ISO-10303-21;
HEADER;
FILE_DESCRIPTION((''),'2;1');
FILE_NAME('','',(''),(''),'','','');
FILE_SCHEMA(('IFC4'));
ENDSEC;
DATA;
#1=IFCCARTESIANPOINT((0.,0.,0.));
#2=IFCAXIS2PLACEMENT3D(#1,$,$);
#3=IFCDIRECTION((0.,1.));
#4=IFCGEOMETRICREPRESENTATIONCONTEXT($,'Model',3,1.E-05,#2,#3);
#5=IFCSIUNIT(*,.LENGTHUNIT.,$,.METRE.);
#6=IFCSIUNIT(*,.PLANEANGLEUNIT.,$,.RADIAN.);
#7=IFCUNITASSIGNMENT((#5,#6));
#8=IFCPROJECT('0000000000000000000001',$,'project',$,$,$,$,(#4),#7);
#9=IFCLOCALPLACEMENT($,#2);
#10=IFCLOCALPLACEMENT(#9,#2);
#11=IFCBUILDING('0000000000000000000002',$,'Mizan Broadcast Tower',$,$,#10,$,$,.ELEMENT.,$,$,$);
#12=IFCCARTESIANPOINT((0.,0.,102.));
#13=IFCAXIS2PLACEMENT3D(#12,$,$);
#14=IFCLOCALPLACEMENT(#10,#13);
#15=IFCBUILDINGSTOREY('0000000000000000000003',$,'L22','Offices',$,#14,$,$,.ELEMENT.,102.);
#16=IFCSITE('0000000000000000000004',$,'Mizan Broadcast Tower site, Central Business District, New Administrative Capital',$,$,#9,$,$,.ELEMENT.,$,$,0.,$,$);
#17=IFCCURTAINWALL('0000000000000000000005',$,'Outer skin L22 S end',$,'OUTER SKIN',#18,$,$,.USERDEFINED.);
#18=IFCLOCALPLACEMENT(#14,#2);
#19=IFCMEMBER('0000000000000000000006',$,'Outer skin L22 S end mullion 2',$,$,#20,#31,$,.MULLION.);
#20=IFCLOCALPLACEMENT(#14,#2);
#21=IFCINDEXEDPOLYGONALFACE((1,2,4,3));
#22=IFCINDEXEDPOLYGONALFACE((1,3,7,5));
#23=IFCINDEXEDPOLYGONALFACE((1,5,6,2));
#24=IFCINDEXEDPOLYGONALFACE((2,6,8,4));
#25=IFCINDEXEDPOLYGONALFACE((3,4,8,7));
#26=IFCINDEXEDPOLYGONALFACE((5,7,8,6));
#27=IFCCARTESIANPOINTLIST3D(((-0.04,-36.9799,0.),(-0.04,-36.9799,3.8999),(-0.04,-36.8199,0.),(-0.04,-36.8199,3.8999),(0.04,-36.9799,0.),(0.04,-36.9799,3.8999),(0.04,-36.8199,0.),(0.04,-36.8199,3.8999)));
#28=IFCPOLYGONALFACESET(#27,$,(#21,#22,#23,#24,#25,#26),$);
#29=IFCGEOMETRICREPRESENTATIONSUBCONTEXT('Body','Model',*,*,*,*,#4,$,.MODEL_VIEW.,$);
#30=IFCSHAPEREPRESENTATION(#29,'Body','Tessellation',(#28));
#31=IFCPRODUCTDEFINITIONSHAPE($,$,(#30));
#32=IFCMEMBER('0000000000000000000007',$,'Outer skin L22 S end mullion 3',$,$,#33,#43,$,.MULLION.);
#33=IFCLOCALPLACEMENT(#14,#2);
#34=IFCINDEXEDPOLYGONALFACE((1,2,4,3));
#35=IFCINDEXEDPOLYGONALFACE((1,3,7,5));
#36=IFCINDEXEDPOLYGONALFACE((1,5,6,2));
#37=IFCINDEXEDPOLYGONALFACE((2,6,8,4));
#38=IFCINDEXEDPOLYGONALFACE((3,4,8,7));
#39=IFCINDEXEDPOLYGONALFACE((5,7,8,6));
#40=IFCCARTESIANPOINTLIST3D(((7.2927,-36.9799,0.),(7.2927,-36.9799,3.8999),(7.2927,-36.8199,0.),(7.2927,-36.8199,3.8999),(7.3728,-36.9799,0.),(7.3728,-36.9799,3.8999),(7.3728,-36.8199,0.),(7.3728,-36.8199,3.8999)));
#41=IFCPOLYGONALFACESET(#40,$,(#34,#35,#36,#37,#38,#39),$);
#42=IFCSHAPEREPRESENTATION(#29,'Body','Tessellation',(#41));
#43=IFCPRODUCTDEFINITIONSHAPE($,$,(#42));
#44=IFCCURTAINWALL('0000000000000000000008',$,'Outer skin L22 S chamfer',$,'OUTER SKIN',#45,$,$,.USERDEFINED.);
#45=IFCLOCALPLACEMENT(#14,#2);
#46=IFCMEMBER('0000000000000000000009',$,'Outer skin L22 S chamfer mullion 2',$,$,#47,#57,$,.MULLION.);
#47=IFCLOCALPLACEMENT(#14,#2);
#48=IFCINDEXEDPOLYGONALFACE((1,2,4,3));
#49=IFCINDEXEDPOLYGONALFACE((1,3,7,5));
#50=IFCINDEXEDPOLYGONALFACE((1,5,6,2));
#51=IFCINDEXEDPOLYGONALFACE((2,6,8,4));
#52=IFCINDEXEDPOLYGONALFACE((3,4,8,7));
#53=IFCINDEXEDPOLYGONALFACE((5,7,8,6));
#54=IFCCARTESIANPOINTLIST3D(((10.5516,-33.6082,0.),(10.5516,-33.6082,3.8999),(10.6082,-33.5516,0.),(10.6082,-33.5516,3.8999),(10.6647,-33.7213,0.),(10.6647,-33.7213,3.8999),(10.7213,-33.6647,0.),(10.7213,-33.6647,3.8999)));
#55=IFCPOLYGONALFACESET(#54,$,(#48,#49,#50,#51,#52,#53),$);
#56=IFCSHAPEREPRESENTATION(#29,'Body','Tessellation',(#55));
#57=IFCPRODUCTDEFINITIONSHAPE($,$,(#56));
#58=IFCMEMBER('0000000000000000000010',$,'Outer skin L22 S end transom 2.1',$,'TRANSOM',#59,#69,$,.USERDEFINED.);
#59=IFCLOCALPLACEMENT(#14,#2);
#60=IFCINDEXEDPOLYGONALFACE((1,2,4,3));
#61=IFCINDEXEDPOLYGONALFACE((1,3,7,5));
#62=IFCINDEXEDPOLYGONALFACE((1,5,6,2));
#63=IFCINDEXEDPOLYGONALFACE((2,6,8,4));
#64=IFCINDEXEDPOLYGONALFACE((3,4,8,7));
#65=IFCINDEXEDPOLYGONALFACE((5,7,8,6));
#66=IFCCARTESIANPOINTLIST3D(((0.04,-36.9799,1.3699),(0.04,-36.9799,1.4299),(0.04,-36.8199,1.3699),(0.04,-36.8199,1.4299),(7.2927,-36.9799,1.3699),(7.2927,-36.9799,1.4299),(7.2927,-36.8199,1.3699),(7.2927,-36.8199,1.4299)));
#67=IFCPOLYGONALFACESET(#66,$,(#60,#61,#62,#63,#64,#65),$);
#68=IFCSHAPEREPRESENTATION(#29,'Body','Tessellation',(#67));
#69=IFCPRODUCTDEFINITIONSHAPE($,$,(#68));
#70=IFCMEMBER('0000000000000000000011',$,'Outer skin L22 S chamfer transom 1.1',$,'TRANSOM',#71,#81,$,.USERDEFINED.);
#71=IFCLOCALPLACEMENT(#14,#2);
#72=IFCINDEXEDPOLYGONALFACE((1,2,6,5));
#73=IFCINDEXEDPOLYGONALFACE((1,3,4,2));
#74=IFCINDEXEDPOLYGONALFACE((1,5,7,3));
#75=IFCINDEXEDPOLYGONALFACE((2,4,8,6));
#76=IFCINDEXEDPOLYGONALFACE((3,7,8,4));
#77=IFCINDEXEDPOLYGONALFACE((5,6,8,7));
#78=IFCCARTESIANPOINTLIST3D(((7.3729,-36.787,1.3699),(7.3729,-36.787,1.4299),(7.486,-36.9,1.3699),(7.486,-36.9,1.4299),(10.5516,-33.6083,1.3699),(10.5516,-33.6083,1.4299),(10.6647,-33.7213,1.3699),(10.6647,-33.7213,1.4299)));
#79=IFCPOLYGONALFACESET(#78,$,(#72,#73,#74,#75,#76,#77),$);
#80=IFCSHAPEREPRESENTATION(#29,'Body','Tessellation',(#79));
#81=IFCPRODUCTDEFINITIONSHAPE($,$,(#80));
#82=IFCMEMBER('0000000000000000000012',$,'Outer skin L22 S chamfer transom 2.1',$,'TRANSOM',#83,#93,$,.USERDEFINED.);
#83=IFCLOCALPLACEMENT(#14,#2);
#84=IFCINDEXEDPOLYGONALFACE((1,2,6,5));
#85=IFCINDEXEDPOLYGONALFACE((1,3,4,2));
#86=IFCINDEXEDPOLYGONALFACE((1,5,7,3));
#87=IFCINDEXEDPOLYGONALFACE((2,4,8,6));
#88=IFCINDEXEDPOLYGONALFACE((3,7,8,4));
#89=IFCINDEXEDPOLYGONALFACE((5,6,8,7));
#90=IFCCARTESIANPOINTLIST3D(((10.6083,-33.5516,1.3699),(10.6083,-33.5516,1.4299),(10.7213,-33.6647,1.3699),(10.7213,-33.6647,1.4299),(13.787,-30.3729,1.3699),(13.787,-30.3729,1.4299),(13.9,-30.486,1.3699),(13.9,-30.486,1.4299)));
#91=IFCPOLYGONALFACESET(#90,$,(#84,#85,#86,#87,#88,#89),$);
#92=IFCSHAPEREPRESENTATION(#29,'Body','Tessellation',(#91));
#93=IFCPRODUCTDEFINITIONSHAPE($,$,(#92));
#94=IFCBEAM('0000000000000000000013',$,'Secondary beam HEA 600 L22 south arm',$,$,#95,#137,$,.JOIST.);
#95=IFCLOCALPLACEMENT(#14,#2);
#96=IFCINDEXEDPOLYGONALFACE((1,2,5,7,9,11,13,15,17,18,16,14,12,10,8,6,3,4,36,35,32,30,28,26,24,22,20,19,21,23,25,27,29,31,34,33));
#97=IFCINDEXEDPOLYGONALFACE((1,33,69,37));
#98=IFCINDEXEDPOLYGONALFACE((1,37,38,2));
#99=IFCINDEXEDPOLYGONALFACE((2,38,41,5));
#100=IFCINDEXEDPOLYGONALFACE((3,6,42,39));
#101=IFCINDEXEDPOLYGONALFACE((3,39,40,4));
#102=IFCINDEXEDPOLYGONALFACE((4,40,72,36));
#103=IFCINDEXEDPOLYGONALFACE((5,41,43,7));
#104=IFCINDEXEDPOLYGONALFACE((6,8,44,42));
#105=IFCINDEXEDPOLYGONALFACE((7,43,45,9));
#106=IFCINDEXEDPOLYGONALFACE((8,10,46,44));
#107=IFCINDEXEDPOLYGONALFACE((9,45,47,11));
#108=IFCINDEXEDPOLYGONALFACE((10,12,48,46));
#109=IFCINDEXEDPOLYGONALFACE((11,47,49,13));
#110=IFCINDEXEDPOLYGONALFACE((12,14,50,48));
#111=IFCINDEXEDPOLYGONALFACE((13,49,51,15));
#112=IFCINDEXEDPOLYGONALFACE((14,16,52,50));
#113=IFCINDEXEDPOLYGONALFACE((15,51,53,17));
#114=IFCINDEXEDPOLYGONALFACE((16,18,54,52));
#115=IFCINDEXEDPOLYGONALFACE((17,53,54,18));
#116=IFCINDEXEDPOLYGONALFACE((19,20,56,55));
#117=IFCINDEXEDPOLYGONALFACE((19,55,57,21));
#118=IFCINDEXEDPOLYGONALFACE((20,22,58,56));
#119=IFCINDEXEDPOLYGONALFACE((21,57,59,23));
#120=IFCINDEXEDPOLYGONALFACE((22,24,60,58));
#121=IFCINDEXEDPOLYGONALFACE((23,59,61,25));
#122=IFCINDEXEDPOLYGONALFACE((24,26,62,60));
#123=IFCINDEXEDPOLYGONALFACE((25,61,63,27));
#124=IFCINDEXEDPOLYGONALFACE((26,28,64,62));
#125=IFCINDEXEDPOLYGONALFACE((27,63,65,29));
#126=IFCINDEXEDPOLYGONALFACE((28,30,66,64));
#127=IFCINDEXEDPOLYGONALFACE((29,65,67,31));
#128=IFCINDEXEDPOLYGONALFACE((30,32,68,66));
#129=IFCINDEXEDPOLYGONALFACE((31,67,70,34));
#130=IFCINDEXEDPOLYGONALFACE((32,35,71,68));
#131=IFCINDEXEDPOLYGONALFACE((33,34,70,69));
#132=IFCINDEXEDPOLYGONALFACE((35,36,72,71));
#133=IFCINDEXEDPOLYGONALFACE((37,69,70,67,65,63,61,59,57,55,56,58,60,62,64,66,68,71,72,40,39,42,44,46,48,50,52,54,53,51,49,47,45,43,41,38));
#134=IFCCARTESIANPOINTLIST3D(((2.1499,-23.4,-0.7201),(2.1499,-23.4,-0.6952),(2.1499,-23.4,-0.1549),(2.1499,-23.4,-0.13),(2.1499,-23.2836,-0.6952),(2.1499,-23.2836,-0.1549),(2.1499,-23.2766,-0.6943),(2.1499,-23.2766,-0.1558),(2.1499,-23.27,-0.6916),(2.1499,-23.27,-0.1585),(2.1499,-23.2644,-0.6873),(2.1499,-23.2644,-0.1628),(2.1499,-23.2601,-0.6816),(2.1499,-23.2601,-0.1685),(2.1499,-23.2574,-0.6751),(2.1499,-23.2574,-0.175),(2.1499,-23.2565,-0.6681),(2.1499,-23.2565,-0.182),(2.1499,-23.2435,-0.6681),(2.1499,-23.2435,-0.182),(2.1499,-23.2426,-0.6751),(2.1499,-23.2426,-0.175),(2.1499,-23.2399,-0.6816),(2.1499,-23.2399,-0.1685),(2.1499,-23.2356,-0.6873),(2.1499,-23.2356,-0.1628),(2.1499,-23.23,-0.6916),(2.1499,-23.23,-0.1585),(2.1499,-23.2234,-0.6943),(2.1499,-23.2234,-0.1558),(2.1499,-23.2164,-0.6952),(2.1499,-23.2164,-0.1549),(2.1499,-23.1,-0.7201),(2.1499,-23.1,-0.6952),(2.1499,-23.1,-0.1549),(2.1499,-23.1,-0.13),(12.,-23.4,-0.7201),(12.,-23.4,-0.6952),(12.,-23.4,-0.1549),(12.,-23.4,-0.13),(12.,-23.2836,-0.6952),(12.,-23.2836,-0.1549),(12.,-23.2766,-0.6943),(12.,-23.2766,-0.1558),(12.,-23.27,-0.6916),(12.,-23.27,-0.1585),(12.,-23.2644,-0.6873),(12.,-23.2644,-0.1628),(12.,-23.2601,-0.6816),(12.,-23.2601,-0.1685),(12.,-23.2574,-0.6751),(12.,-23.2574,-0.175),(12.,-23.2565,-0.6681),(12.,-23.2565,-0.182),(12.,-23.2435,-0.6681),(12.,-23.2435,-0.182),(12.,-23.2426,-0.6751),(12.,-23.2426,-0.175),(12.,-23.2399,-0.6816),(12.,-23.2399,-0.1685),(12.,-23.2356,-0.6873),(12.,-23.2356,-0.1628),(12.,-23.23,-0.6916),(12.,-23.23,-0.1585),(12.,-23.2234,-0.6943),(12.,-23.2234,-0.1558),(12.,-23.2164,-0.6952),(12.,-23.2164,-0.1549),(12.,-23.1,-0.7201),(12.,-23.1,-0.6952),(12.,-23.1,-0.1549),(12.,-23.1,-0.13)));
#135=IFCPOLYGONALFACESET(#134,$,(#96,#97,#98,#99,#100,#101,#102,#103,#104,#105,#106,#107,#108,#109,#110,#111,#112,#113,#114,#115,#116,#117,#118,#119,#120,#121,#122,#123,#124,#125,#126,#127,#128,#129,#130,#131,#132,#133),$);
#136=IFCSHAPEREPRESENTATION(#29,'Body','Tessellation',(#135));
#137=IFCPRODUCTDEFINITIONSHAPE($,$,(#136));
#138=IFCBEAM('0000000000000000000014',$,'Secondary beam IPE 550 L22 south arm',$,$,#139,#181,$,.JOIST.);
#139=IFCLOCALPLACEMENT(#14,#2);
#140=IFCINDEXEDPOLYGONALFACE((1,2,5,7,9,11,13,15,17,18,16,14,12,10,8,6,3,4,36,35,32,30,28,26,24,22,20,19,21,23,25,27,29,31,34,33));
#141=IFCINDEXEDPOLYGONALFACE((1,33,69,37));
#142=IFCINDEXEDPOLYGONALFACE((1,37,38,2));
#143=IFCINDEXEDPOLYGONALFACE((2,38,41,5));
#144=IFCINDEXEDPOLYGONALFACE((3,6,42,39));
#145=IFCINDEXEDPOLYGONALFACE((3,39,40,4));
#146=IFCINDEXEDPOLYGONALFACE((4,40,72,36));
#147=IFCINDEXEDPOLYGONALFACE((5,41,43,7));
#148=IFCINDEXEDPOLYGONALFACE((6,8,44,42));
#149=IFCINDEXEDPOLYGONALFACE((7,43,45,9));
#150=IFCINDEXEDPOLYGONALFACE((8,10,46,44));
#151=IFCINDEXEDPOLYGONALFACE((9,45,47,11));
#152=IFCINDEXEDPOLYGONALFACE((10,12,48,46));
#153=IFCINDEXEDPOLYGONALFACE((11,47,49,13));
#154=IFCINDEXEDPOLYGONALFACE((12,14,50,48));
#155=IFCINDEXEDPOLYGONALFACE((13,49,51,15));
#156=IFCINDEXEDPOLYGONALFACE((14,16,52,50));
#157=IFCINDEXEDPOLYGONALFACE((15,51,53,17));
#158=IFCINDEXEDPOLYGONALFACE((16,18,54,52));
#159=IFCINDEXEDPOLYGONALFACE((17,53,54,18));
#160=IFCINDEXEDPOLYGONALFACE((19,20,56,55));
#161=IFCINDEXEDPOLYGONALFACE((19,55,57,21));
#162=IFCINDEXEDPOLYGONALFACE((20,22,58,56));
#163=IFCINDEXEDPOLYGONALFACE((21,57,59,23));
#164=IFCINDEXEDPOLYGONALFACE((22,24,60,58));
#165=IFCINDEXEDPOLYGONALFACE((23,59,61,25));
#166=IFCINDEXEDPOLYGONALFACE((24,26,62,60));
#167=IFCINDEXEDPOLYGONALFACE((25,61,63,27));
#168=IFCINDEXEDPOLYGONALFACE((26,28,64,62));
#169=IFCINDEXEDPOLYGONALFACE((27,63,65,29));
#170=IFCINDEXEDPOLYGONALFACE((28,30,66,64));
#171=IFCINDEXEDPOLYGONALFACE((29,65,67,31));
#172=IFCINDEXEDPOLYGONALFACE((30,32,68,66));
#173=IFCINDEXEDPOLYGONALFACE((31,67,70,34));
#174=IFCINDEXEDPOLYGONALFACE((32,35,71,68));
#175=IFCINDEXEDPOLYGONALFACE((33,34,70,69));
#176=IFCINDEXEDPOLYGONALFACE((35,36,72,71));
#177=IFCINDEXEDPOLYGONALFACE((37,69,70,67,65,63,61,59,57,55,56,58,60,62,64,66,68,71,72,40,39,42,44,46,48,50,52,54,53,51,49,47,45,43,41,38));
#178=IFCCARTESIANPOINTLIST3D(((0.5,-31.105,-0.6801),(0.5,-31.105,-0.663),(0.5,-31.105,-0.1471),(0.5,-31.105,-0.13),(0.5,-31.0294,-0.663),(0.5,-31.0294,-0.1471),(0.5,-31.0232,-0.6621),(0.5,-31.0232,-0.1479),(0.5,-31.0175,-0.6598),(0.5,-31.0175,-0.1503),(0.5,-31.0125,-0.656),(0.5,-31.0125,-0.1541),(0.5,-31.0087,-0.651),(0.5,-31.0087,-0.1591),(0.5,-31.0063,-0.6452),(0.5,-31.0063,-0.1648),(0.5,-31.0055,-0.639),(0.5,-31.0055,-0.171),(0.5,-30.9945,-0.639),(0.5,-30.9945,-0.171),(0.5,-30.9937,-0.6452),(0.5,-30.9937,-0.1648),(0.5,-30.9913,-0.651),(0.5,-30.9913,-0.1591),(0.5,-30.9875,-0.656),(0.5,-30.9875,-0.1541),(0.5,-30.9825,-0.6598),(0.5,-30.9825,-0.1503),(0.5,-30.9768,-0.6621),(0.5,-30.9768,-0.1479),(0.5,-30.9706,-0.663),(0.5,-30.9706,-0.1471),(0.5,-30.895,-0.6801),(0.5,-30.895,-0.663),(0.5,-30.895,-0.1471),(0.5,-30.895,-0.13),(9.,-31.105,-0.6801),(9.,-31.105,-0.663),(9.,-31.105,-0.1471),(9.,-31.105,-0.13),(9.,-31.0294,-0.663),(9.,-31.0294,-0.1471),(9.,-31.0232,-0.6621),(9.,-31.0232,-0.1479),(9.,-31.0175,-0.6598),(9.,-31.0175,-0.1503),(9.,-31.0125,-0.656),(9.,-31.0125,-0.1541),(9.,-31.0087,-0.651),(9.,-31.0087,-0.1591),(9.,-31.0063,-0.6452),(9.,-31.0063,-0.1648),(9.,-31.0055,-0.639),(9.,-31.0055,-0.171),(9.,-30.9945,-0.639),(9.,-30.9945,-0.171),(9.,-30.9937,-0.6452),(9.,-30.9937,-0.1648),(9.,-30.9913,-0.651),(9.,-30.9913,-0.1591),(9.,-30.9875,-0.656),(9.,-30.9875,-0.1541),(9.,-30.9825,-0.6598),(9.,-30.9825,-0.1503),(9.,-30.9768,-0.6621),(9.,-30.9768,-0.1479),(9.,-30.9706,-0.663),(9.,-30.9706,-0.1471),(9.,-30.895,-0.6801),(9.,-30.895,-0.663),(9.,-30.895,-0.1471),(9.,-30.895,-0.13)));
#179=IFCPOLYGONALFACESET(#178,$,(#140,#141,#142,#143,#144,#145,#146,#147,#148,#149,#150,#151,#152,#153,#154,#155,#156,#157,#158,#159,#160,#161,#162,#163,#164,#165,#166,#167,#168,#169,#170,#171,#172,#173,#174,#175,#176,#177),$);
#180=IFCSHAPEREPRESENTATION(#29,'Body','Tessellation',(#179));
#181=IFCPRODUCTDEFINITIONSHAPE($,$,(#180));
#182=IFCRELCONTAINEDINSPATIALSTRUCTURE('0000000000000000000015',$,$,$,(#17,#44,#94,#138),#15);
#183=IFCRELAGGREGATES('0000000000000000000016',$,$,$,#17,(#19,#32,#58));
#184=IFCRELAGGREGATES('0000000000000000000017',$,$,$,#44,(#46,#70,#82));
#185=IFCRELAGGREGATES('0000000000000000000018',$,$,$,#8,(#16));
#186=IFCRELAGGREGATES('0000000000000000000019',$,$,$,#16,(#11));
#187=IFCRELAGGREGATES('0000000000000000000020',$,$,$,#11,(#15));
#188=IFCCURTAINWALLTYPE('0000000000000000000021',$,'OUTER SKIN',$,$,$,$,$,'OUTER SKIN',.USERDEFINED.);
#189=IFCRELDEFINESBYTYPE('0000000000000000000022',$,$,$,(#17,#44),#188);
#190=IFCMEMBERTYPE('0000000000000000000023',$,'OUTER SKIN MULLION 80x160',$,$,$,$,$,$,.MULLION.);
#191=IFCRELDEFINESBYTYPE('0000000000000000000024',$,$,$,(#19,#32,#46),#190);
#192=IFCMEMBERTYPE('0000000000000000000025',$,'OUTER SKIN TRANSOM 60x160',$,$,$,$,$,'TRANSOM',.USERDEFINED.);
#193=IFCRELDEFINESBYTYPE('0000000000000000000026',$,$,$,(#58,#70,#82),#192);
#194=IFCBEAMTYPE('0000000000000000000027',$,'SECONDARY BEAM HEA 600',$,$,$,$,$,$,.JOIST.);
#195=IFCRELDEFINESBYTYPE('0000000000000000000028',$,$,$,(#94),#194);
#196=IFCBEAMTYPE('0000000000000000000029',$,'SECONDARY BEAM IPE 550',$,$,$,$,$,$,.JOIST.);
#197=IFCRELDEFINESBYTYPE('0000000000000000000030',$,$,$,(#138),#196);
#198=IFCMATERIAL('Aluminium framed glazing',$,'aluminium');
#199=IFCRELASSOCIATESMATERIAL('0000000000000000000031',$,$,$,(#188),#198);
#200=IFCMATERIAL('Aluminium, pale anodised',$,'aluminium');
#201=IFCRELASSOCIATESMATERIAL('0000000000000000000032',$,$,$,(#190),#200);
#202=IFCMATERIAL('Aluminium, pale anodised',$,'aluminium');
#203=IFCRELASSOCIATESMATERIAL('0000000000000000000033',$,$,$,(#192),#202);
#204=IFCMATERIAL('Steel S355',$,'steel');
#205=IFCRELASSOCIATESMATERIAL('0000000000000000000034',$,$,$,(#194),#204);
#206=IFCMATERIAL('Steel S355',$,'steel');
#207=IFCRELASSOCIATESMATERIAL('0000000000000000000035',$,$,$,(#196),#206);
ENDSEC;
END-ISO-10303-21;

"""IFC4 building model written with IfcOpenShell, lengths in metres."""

from ifc_helpers import new_model, si_unit, direction, frame, origin, origin_2d, place, context, subcontext, project, spatial, rectangle, i_section, extrude, material, material_profile, profile_set, type_object, element, aggregate, save


model = new_model("IFC4")

# Units and contexts
model_context = context("Model", 3, precision=1e-05, world=origin(), true_north=direction((0.0, 1.0)))
body_context = subcontext(model_context, "Body", "Model", "MODEL_VIEW")
ifc_project = project(units=[si_unit("LENGTHUNIT", "METRE"), si_unit("PLANEANGLEUNIT", "RADIAN")], contexts=[model_context])

# Site, building, storey
site_placement = place(None, origin())
site = spatial("IfcSite", under=ifc_project, at=site_placement, Name="Mizan Broadcast Tower site, Central Business District, New Administrative Capital", CompositionType="ELEMENT", RefElevation=0.0)
building_placement = place(site_placement, origin())
building = spatial("IfcBuilding", under=site, at=building_placement, Name="Mizan Broadcast Tower", CompositionType="ELEMENT")
storey_placement = place(building_placement, frame((0.0, 0.0, 102.0)))
storey = spatial("IfcBuildingStorey", under=building, at=storey_placement, Name="L22", Description="Offices", CompositionType="ELEMENT", Elevation=102.0)

# Curtain wall, members
ifc_material_1 = material(Name="Aluminium framed glazing", Category="aluminium")
curtain_wall_type_1 = type_object("IfcCurtainWallType", Name="OUTER SKIN", ElementType="OUTER SKIN", PredefinedType="USERDEFINED", material=ifc_material_1)
curtain_wall_1_placement = place(storey_placement, origin())
curtain_wall_1 = element("IfcCurtainWall", 1, at=curtain_wall_1_placement, inside=storey, type_object=curtain_wall_type_1, Name="Outer skin L22 S end", ObjectType="OUTER SKIN", PredefinedType="USERDEFINED")
ifc_material_2 = material(Name="Aluminium, pale anodised", Category="aluminium")
ifc_material_profile_1 = material_profile(ifc_material_2, rectangle(XDim=0.1599, YDim=0.0801, at=origin_2d()), Name="MULLION 160x80")
ifc_profile_set_1 = profile_set([ifc_material_profile_1], Name="Aluminium, pale anodised")
member_type_1 = type_object("IfcMemberType", Name="OUTER SKIN MULLION 80x160", PredefinedType="MULLION", material=ifc_profile_set_1)
member_1_placement = place(storey_placement, frame((0.0, -36.8999, 0.0), z_axis=(0.0, 0.0, 1.0), x_axis=(0.0, 1.0, 0.0)))
member_1 = element("IfcMember", 2, at=member_1_placement, type_object=member_type_1, Name="Outer skin L22 S end mullion 2", PredefinedType="MULLION", context=body_context, shape_type="SweptSolid", body=[
    extrude(rectangle(XDim=0.1599, YDim=0.0801, at=origin_2d()), origin(), (0.0, 0.0, 1.0), 3.8999),
])
member_2_placement = place(storey_placement, frame((7.3328, -36.8999, 0.0), z_axis=(0.0, 0.0, 1.0), x_axis=(0.0, 1.0, 0.0)))
member_2 = element("IfcMember", 3, at=member_2_placement, type_object=member_type_1, Name="Outer skin L22 S end mullion 3", PredefinedType="MULLION", context=body_context, shape_type="SweptSolid", body=[
    extrude(rectangle(XDim=0.1599, YDim=0.0801, at=origin_2d()), origin(), (0.0, 0.0, 1.0), 3.8999),
])

# Curtain wall, member
curtain_wall_2_placement = place(storey_placement, origin())
curtain_wall_2 = element("IfcCurtainWall", 4, at=curtain_wall_2_placement, inside=storey, type_object=curtain_wall_type_1, Name="Outer skin L22 S chamfer", ObjectType="OUTER SKIN", PredefinedType="USERDEFINED")
member_3_placement = place(storey_placement, frame((10.6365, -33.6365, 0.0), z_axis=(0.0, 0.0, 1.0), x_axis=(-0.707107, 0.707107, 0.0)))
member_3 = element("IfcMember", 5, at=member_3_placement, type_object=member_type_1, Name="Outer skin L22 S chamfer mullion 2", PredefinedType="MULLION", context=body_context, shape_type="SweptSolid", body=[
    extrude(rectangle(XDim=0.1599, YDim=0.0801, at=origin_2d()), origin(), (0.0, 0.0, 1.0), 3.8999),
])

# Members
ifc_material_3 = material(Name="Aluminium, pale anodised", Category="aluminium")
ifc_material_profile_2 = material_profile(ifc_material_3, rectangle(XDim=0.1599, YDim=0.0601, at=origin_2d()), Name="TRANSOM 160x60")
ifc_profile_set_2 = profile_set([ifc_material_profile_2], Name="Aluminium, pale anodised")
member_type_2 = type_object("IfcMemberType", Name="OUTER SKIN TRANSOM 60x160", ElementType="TRANSOM", PredefinedType="USERDEFINED", material=ifc_profile_set_2)
member_4_placement = place(storey_placement, frame((0.04, -36.8999, 1.3999), z_axis=(1.0, 0.0, 0.0), x_axis=(0.0, 1.0, 0.0)))
member_4 = element("IfcMember", 6, at=member_4_placement, type_object=member_type_2, Name="Outer skin L22 S end transom 2.1", ObjectType="TRANSOM", PredefinedType="USERDEFINED", context=body_context, shape_type="SweptSolid", body=[
    extrude(rectangle(XDim=0.1599, YDim=0.0601, at=origin_2d()), origin(), (0.0, 0.0, 1.0), 7.2527),
])
member_5_placement = place(storey_placement, frame((7.4294, -36.8435, 1.3999), z_axis=(0.707107, 0.707107, 0.0), x_axis=(-0.707107, 0.707107, 0.0)))
member_5 = element("IfcMember", 7, at=member_5_placement, type_object=member_type_2, Name="Outer skin L22 S chamfer transom 1.1", ObjectType="TRANSOM", PredefinedType="USERDEFINED", context=body_context, shape_type="SweptSolid", body=[
    extrude(rectangle(XDim=0.1599, YDim=0.0601, at=origin_2d()), origin(), (0.0, 0.0, 1.0), 4.4954),
])
member_6_placement = place(storey_placement, frame((10.6648, -33.6082, 1.3999), z_axis=(0.707107, 0.707107, 0.0), x_axis=(-0.707107, 0.707107, 0.0)))
member_6 = element("IfcMember", 8, at=member_6_placement, type_object=member_type_2, Name="Outer skin L22 S chamfer transom 2.1", ObjectType="TRANSOM", PredefinedType="USERDEFINED", context=body_context, shape_type="SweptSolid", body=[
    extrude(rectangle(XDim=0.1599, YDim=0.0601, at=origin_2d()), origin(), (0.0, 0.0, 1.0), 4.4954),
])

# Beams
ifc_material_4 = material(Name="Steel S355", Category="steel")
ifc_material_profile_3 = material_profile(ifc_material_4, i_section(OverallWidth=0.3, OverallDepth=0.5901, WebThickness=0.0129, FlangeThickness=0.0249, FilletRadius=0.0271, at=origin_2d()), Name="HEA 600")
ifc_profile_set_3 = profile_set([ifc_material_profile_3], Name="Steel S355")
beam_type_1 = type_object("IfcBeamType", Name="SECONDARY BEAM HEA 600", PredefinedType="JOIST", material=ifc_profile_set_3)
beam_1_placement = place(storey_placement, frame((12.0, -23.25, -0.425), z_axis=(-1.0, 0.0, 0.0), x_axis=(0.0, -1.0, 0.0)))
element("IfcBeam", 9, at=beam_1_placement, inside=storey, type_object=beam_type_1, Name="Secondary beam HEA 600 L22 south arm", PredefinedType="JOIST", context=body_context, shape_type="SweptSolid", body=[
    extrude(i_section(OverallWidth=0.3, OverallDepth=0.5901, WebThickness=0.0129, FlangeThickness=0.0249, FilletRadius=0.0271, at=origin_2d()), origin(), (0.0, 0.0, 1.0), 9.8501),
])
ifc_material_5 = material(Name="Steel S355", Category="steel")
ifc_material_profile_4 = material_profile(ifc_material_5, i_section(OverallWidth=0.21, OverallDepth=0.55, WebThickness=0.011, FlangeThickness=0.0171, FilletRadius=0.0239, at=origin_2d()), Name="IPE 550")
ifc_profile_set_4 = profile_set([ifc_material_profile_4], Name="Steel S355")
beam_type_2 = type_object("IfcBeamType", Name="SECONDARY BEAM IPE 550", PredefinedType="JOIST", material=ifc_profile_set_4)
beam_2_placement = place(storey_placement, frame((9.0, -31.0, -0.405), z_axis=(-1.0, 0.0, 0.0), x_axis=(0.0, -1.0, 0.0)))
element("IfcBeam", 10, at=beam_2_placement, inside=storey, type_object=beam_type_2, Name="Secondary beam IPE 550 L22 south arm", PredefinedType="JOIST", context=body_context, shape_type="SweptSolid", body=[
    extrude(i_section(OverallWidth=0.21, OverallDepth=0.55, WebThickness=0.011, FlangeThickness=0.0171, FilletRadius=0.0239, at=origin_2d()), origin(), (0.0, 0.0, 1.0), 8.5),
])

aggregate(curtain_wall_1, [member_1, member_2, member_4])
aggregate(curtain_wall_2, [member_3, member_5, member_6])

save(model, "model.ifc")
